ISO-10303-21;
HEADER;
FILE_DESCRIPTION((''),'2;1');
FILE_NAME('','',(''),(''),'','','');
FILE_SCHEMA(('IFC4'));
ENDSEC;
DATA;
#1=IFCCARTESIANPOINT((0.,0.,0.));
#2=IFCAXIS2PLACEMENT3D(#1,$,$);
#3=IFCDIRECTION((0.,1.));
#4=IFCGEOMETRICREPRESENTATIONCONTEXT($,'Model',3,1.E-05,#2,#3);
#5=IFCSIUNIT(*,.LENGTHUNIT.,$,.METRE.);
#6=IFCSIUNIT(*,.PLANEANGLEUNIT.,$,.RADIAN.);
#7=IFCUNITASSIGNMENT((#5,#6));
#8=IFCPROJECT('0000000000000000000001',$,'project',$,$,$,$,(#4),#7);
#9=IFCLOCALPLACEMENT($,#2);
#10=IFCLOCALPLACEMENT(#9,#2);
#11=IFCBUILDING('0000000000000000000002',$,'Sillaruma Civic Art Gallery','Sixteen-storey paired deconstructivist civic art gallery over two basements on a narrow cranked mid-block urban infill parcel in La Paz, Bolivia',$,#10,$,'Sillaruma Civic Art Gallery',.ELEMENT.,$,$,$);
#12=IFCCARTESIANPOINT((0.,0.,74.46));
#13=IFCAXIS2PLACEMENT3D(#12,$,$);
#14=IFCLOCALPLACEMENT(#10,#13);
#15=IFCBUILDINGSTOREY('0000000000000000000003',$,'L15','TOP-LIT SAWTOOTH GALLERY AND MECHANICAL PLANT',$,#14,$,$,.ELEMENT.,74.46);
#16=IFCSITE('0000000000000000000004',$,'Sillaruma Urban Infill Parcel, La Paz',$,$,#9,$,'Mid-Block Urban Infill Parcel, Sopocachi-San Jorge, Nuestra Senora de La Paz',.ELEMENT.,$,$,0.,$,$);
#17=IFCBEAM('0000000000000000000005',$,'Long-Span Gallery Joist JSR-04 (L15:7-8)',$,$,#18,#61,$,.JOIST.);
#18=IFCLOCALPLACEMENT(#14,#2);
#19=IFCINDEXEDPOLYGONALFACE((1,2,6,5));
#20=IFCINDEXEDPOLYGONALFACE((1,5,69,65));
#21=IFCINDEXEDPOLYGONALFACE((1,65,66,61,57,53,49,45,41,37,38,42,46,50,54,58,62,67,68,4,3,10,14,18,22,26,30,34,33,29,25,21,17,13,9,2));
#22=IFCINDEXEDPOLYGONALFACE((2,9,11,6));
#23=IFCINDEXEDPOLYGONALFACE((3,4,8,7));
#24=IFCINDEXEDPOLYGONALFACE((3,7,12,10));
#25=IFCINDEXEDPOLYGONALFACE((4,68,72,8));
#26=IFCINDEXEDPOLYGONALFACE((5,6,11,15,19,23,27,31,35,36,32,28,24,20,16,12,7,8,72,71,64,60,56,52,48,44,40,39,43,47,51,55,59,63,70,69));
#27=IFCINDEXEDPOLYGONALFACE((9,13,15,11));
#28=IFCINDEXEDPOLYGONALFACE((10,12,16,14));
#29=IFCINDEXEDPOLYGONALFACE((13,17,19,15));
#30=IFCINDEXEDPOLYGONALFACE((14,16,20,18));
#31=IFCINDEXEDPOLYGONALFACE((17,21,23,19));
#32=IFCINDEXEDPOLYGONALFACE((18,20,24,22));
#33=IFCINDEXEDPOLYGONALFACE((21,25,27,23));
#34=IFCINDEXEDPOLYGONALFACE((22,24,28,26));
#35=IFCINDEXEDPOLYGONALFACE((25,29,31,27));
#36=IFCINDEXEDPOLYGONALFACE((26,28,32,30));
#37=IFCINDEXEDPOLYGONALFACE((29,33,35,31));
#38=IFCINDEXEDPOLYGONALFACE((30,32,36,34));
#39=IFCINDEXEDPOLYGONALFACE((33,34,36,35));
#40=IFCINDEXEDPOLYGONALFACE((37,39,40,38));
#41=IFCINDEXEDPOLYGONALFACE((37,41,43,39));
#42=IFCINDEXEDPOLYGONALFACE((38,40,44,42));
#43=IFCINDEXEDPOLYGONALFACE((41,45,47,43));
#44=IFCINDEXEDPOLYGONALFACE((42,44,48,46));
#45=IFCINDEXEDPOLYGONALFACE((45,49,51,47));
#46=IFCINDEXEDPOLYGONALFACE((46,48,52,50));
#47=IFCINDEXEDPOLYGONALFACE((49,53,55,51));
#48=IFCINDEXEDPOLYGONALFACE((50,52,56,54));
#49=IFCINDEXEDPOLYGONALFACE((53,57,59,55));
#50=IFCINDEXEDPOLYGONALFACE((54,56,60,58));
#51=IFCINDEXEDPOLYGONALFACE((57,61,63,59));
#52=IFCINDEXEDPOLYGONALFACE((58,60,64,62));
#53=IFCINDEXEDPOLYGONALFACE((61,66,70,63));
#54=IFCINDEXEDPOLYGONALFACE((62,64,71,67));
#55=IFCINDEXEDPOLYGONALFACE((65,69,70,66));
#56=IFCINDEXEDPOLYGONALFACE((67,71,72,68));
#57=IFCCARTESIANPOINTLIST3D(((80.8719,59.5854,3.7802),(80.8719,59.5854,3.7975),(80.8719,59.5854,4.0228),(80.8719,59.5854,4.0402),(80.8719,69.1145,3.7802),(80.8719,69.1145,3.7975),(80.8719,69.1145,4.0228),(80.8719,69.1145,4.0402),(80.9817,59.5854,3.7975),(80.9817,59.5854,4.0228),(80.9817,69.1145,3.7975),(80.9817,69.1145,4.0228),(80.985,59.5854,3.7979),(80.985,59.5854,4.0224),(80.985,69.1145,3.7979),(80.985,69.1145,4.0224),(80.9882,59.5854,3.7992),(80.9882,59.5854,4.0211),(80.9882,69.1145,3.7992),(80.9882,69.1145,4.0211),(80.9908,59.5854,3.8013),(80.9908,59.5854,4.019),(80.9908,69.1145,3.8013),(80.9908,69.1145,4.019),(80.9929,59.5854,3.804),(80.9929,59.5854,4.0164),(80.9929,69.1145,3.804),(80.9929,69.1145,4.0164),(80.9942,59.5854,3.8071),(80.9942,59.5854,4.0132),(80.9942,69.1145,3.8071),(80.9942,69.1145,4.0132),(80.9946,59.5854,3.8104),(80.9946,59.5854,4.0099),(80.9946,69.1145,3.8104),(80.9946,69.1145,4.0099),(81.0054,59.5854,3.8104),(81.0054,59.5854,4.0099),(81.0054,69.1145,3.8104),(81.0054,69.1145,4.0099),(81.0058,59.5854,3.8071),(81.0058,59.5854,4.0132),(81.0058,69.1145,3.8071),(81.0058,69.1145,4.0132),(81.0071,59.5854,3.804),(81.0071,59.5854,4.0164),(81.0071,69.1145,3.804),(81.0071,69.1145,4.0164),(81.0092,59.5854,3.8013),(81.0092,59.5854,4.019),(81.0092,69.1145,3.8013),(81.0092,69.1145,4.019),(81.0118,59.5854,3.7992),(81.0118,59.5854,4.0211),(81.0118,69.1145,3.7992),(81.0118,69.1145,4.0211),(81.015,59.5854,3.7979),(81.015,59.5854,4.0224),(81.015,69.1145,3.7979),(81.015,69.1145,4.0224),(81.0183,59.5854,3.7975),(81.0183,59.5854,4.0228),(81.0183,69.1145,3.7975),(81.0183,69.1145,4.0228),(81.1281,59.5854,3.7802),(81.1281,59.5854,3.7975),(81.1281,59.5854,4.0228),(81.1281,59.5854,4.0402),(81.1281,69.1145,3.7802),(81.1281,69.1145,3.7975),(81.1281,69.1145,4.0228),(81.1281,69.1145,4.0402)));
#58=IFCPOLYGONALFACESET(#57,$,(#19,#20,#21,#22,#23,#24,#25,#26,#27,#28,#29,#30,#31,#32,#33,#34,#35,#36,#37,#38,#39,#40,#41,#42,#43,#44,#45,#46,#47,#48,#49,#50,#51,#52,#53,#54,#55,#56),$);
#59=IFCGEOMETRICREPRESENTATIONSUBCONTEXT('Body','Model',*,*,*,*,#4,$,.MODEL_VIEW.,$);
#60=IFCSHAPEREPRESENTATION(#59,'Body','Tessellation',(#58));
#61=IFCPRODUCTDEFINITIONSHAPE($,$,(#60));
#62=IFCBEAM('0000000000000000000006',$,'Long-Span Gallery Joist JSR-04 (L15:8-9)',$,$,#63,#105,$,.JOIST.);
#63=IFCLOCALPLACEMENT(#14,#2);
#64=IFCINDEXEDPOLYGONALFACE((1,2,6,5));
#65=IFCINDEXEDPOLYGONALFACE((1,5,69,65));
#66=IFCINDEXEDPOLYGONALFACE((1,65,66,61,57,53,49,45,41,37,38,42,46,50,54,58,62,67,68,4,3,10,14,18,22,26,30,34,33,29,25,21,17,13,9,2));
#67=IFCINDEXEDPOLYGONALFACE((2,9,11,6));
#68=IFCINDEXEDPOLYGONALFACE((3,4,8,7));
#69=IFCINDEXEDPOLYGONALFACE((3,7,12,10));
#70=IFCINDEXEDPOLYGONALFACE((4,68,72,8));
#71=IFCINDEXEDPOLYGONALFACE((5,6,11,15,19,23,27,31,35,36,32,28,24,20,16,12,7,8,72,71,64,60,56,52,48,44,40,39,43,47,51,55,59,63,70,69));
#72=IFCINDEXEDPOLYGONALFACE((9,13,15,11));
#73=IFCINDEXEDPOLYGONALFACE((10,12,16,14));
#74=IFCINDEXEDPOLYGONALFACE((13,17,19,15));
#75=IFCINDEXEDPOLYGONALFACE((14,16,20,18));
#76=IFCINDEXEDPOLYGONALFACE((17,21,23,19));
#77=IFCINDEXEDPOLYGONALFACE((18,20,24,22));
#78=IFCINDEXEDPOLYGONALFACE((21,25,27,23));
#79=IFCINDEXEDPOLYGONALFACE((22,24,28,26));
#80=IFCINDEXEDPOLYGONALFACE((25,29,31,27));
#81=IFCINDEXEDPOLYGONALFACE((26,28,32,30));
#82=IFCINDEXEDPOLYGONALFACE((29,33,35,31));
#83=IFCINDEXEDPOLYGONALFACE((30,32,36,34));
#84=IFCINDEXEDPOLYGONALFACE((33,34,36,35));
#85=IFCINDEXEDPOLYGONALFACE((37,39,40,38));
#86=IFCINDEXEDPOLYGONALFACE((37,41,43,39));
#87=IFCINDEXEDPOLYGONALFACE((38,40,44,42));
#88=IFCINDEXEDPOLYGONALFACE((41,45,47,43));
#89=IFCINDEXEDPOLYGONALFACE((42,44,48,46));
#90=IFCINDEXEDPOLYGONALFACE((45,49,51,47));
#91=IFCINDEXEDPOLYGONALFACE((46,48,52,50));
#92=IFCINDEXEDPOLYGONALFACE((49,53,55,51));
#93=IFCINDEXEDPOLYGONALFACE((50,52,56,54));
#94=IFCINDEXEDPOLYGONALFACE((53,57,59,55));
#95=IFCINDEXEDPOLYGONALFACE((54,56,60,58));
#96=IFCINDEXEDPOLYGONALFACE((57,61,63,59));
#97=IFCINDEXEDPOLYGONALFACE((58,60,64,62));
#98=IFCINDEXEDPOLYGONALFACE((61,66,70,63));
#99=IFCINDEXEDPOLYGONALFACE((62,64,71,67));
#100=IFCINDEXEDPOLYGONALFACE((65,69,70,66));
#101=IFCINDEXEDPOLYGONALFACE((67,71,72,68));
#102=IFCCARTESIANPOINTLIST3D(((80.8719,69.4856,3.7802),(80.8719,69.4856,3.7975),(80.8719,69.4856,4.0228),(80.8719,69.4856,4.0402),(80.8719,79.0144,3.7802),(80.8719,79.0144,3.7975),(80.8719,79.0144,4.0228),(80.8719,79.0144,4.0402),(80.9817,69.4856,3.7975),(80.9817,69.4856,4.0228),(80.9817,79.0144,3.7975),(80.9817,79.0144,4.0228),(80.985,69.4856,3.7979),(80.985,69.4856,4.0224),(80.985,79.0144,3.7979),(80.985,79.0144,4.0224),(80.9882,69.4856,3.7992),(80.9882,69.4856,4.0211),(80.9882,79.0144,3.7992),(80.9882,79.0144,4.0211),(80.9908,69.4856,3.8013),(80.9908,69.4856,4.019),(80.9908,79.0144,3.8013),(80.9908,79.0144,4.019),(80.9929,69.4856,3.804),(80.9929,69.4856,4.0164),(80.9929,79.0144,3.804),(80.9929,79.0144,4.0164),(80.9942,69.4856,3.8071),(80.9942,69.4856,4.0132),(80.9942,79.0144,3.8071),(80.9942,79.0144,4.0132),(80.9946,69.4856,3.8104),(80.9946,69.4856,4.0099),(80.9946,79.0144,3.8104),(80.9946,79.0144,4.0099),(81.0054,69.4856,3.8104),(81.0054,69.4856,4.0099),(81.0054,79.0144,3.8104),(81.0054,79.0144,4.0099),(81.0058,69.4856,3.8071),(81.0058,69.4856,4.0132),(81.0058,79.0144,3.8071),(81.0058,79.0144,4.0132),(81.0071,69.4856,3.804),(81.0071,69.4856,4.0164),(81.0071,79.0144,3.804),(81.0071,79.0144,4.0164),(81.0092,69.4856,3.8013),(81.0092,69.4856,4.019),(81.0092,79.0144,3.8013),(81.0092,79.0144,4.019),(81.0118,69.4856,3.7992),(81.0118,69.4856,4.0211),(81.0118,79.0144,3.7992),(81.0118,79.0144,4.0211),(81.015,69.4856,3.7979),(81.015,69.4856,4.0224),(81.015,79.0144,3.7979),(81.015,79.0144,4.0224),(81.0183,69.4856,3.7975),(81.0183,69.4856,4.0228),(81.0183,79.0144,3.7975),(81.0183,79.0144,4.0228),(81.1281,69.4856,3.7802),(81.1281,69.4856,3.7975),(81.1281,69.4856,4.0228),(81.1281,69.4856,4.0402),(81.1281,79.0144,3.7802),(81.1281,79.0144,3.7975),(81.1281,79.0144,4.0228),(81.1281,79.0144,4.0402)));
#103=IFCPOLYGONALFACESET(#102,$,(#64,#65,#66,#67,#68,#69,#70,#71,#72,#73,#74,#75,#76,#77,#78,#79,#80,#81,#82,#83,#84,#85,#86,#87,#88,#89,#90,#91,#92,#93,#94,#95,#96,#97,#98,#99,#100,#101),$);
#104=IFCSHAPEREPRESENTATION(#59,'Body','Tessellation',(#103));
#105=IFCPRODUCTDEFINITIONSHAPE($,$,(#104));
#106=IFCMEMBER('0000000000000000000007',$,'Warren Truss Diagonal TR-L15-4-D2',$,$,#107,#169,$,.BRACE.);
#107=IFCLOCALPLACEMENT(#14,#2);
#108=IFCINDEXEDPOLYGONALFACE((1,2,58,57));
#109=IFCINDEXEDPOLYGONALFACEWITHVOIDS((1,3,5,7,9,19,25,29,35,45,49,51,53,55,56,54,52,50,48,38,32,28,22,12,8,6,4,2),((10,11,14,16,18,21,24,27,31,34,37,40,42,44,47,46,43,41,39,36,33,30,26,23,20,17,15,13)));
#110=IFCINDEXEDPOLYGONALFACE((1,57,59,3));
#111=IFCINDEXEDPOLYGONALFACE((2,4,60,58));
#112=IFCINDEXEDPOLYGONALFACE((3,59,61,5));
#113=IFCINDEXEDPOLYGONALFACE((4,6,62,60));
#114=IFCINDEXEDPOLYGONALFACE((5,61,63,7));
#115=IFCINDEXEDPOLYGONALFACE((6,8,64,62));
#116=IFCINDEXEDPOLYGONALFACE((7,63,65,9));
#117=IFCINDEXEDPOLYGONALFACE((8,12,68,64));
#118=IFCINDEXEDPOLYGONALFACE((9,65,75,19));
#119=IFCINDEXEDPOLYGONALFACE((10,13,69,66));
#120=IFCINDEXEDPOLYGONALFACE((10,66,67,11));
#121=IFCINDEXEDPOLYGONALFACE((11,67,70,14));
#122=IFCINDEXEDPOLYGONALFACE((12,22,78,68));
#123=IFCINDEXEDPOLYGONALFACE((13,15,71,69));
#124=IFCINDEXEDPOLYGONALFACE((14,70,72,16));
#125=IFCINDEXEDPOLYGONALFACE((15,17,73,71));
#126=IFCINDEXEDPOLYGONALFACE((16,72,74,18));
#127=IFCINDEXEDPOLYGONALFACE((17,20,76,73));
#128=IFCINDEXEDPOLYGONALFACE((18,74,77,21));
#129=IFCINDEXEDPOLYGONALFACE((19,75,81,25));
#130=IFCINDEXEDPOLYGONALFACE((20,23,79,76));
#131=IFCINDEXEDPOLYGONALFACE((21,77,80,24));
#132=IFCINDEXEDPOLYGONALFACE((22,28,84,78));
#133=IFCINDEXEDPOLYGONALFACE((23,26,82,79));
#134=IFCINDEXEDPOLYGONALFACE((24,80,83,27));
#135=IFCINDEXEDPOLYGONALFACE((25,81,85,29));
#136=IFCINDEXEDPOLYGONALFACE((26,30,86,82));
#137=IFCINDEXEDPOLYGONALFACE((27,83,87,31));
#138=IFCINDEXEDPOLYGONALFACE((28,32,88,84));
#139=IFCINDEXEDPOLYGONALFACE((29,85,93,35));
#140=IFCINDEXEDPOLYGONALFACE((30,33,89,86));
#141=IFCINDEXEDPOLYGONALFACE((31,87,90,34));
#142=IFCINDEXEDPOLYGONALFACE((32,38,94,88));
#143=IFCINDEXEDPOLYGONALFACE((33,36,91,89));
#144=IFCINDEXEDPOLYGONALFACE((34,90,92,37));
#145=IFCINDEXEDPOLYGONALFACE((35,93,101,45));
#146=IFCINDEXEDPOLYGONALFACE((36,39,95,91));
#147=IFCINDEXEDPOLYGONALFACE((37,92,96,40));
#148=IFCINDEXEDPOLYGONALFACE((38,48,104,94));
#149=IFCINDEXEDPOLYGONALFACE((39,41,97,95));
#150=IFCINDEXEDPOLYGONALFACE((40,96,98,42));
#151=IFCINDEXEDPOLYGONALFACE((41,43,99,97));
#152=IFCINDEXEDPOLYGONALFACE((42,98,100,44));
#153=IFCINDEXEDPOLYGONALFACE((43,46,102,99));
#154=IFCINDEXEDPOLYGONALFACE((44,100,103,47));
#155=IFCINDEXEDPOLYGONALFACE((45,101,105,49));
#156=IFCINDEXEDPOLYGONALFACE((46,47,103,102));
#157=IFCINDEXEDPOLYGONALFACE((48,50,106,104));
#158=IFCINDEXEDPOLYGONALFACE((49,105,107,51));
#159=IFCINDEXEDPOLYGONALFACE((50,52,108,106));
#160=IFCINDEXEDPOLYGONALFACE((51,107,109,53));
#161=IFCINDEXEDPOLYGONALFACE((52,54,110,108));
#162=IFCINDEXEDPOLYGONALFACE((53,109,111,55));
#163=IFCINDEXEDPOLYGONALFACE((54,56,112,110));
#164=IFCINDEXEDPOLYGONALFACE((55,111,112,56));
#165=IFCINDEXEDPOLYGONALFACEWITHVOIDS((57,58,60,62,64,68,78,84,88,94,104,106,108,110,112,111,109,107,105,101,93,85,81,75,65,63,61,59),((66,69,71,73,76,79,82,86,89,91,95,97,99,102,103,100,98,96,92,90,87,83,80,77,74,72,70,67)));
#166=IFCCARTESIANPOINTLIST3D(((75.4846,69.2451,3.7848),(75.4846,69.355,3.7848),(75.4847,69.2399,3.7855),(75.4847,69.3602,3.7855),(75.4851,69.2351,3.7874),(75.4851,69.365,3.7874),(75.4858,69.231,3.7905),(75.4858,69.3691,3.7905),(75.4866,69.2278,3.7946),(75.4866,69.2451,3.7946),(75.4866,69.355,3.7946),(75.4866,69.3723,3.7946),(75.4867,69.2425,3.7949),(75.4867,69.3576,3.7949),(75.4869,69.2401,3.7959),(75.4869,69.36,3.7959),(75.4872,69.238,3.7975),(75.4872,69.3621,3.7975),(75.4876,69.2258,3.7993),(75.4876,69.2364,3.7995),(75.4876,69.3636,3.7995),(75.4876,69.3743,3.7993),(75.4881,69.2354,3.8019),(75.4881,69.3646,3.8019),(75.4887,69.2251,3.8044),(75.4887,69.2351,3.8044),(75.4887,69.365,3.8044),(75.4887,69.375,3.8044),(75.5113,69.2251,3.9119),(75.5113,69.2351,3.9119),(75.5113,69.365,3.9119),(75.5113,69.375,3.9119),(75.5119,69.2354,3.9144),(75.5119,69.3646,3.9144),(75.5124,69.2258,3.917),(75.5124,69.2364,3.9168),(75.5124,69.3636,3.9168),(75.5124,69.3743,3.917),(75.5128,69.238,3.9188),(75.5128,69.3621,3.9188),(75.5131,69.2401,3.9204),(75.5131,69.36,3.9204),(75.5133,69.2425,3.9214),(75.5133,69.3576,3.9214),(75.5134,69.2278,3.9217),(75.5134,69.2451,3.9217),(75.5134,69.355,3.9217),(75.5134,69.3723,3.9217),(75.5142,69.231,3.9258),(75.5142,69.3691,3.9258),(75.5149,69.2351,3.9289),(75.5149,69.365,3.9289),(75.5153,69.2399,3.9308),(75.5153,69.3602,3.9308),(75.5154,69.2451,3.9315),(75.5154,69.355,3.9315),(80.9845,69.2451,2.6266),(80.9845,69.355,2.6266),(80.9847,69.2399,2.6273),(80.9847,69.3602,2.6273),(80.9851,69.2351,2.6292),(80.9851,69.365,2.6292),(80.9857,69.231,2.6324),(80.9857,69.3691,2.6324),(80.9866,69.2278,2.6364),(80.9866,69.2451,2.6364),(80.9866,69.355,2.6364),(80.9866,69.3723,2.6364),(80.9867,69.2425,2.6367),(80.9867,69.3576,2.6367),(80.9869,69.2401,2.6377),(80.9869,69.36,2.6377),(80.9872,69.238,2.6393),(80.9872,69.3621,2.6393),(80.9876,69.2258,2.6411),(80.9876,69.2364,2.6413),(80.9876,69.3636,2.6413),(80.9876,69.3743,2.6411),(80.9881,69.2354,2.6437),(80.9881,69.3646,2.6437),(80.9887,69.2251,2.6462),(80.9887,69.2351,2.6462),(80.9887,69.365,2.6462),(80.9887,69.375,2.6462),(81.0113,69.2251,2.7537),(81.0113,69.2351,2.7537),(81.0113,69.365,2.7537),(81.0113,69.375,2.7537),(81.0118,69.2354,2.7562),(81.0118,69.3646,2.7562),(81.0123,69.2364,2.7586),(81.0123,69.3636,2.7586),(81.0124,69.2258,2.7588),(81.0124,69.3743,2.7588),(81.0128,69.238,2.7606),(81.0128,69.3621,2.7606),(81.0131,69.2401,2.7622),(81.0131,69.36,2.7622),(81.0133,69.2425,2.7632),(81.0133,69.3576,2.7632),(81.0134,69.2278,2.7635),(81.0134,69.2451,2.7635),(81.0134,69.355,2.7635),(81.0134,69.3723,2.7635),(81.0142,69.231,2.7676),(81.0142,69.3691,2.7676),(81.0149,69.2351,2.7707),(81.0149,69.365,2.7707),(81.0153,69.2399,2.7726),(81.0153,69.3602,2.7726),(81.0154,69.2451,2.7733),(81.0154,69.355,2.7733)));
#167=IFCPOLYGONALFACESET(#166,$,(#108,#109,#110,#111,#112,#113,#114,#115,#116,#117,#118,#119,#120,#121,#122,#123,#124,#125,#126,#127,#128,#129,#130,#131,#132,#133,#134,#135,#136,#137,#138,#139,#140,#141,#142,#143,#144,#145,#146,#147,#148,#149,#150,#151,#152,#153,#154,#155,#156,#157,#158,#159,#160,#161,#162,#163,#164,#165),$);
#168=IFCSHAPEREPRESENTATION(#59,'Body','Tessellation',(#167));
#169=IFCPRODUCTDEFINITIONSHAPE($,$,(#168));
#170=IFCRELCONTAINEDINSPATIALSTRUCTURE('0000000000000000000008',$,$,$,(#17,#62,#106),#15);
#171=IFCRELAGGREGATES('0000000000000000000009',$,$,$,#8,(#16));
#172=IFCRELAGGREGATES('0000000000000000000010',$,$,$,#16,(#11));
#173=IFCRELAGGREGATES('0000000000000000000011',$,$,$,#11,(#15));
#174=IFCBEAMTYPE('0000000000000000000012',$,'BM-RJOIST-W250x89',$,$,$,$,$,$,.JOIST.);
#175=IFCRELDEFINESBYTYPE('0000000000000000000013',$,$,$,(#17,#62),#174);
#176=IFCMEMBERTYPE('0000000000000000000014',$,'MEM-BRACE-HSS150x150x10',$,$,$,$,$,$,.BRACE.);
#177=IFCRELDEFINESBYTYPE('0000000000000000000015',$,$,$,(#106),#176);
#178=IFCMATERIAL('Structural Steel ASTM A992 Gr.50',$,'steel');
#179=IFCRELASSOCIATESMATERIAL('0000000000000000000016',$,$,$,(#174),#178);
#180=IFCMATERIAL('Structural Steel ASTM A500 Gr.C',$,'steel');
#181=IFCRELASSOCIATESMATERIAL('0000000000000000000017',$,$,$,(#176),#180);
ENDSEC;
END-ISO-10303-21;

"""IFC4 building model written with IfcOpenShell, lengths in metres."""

from ifc_helpers import new_model, si_unit, direction, frame, origin, origin_2d, place, context, subcontext, project, spatial, hollow_rectangle, i_section, extrude, material, material_profile, profile_set, type_object, element, save


model = new_model("IFC4")

# Units and contexts
model_context = context("Model", 3, precision=1e-05, world=origin(), true_north=direction((0.0, 1.0)))
body_context = subcontext(model_context, "Body", "Model", "MODEL_VIEW")
ifc_project = project(units=[si_unit("LENGTHUNIT", "METRE"), si_unit("PLANEANGLEUNIT", "RADIAN")], contexts=[model_context])

# Site, building, storey
site_placement = place(None, origin())
site = spatial("IfcSite", under=ifc_project, at=site_placement, Name="Sillaruma Urban Infill Parcel, La Paz", LongName="Mid-Block Urban Infill Parcel, Sopocachi-San Jorge, Nuestra Senora de La Paz", CompositionType="ELEMENT", RefElevation=0.0)
building_placement = place(site_placement, origin())
building = spatial("IfcBuilding", under=site, at=building_placement, Name="Sillaruma Civic Art Gallery", Description="Sixteen-storey paired deconstructivist civic art gallery over two basements on a narrow cranked mid-block urban infill parcel in La Paz, Bolivia", LongName="Sillaruma Civic Art Gallery", CompositionType="ELEMENT")
storey_placement = place(building_placement, frame((0.0, 0.0, 74.46)))
storey = spatial("IfcBuildingStorey", under=building, at=storey_placement, Name="L15", Description="TOP-LIT SAWTOOTH GALLERY AND MECHANICAL PLANT", CompositionType="ELEMENT", Elevation=74.46)

# Beams
ifc_material_1 = material(Name="Structural Steel ASTM A992 Gr.50", Category="steel")
ifc_material_profile_1 = material_profile(ifc_material_1, i_section(OverallWidth=0.2561, OverallDepth=0.26, WebThickness=0.0107, FlangeThickness=0.0173, FilletRadius=0.0129, at=origin_2d()), Name="W250x89")
ifc_profile_set_1 = profile_set([ifc_material_profile_1], Name="Structural Steel ASTM A992 Gr.50")
beam_type_1 = type_object("IfcBeamType", Name="BM-RJOIST-W250x89", PredefinedType="JOIST", material=ifc_profile_set_1)
beam_1_placement = place(storey_placement, frame((81.0, 59.5854, 3.9102), z_axis=(0.0, 1.0, 0.0), x_axis=(-1.0, 0.0, 0.0)))
element("IfcBeam", 1, at=beam_1_placement, inside=storey, type_object=beam_type_1, Name="Long-Span Gallery Joist JSR-04 (L15:7-8)", PredefinedType="JOIST", context=body_context, shape_type="SweptSolid", body=[
    extrude(i_section(OverallWidth=0.2561, OverallDepth=0.26, WebThickness=0.0107, FlangeThickness=0.0173, FilletRadius=0.0129, at=origin_2d()), origin(), (0.0, 0.0, 1.0), 9.5291),
])
beam_2_placement = place(storey_placement, frame((81.0, 69.4856, 3.9102), z_axis=(0.0, 1.0, 0.0), x_axis=(-1.0, 0.0, 0.0)))
element("IfcBeam", 2, at=beam_2_placement, inside=storey, type_object=beam_type_1, Name="Long-Span Gallery Joist JSR-04 (L15:8-9)", PredefinedType="JOIST", context=body_context, shape_type="SweptSolid", body=[
    extrude(i_section(OverallWidth=0.2561, OverallDepth=0.26, WebThickness=0.0107, FlangeThickness=0.0173, FilletRadius=0.0129, at=origin_2d()), origin(), (0.0, 0.0, 1.0), 9.5288),
])

# Member
ifc_material_2 = material(Name="Structural Steel ASTM A500 Gr.C", Category="steel")
ifc_material_profile_2 = material_profile(ifc_material_2, hollow_rectangle(XDim=0.1499, YDim=0.1499, WallThickness=0.01, InnerFilletRadius=0.01, OuterFilletRadius=0.02, at=origin_2d()), Name="HSS150x150x10")
ifc_profile_set_2 = profile_set([ifc_material_profile_2], Name="Structural Steel ASTM A500 Gr.C")
member_type_1 = type_object("IfcMemberType", Name="MEM-BRACE-HSS150x150x10", PredefinedType="BRACE", material=ifc_profile_set_2)
for number, where, z_axis, x_axis, name in (
    (3, (75.5, 69.3, 3.8582), (0.978539, 0.0, -0.206063), (0.0, 1.0, 0.0), "Warren Truss Diagonal TR-L15-4-D2"),
):
    element("IfcMember", number, at=place(storey_placement, frame(where, z_axis=z_axis, x_axis=x_axis)), inside=storey, type_object=member_type_1, Name=name, PredefinedType="BRACE", context=body_context, shape_type="SweptSolid", body=[
        extrude(hollow_rectangle(XDim=0.1499, YDim=0.1499, WallThickness=0.01, InnerFilletRadius=0.01, OuterFilletRadius=0.02, at=origin_2d()), origin(), (0.0, 0.0, 1.0), 5.6206),
    ])

save(model, "model.ifc")
